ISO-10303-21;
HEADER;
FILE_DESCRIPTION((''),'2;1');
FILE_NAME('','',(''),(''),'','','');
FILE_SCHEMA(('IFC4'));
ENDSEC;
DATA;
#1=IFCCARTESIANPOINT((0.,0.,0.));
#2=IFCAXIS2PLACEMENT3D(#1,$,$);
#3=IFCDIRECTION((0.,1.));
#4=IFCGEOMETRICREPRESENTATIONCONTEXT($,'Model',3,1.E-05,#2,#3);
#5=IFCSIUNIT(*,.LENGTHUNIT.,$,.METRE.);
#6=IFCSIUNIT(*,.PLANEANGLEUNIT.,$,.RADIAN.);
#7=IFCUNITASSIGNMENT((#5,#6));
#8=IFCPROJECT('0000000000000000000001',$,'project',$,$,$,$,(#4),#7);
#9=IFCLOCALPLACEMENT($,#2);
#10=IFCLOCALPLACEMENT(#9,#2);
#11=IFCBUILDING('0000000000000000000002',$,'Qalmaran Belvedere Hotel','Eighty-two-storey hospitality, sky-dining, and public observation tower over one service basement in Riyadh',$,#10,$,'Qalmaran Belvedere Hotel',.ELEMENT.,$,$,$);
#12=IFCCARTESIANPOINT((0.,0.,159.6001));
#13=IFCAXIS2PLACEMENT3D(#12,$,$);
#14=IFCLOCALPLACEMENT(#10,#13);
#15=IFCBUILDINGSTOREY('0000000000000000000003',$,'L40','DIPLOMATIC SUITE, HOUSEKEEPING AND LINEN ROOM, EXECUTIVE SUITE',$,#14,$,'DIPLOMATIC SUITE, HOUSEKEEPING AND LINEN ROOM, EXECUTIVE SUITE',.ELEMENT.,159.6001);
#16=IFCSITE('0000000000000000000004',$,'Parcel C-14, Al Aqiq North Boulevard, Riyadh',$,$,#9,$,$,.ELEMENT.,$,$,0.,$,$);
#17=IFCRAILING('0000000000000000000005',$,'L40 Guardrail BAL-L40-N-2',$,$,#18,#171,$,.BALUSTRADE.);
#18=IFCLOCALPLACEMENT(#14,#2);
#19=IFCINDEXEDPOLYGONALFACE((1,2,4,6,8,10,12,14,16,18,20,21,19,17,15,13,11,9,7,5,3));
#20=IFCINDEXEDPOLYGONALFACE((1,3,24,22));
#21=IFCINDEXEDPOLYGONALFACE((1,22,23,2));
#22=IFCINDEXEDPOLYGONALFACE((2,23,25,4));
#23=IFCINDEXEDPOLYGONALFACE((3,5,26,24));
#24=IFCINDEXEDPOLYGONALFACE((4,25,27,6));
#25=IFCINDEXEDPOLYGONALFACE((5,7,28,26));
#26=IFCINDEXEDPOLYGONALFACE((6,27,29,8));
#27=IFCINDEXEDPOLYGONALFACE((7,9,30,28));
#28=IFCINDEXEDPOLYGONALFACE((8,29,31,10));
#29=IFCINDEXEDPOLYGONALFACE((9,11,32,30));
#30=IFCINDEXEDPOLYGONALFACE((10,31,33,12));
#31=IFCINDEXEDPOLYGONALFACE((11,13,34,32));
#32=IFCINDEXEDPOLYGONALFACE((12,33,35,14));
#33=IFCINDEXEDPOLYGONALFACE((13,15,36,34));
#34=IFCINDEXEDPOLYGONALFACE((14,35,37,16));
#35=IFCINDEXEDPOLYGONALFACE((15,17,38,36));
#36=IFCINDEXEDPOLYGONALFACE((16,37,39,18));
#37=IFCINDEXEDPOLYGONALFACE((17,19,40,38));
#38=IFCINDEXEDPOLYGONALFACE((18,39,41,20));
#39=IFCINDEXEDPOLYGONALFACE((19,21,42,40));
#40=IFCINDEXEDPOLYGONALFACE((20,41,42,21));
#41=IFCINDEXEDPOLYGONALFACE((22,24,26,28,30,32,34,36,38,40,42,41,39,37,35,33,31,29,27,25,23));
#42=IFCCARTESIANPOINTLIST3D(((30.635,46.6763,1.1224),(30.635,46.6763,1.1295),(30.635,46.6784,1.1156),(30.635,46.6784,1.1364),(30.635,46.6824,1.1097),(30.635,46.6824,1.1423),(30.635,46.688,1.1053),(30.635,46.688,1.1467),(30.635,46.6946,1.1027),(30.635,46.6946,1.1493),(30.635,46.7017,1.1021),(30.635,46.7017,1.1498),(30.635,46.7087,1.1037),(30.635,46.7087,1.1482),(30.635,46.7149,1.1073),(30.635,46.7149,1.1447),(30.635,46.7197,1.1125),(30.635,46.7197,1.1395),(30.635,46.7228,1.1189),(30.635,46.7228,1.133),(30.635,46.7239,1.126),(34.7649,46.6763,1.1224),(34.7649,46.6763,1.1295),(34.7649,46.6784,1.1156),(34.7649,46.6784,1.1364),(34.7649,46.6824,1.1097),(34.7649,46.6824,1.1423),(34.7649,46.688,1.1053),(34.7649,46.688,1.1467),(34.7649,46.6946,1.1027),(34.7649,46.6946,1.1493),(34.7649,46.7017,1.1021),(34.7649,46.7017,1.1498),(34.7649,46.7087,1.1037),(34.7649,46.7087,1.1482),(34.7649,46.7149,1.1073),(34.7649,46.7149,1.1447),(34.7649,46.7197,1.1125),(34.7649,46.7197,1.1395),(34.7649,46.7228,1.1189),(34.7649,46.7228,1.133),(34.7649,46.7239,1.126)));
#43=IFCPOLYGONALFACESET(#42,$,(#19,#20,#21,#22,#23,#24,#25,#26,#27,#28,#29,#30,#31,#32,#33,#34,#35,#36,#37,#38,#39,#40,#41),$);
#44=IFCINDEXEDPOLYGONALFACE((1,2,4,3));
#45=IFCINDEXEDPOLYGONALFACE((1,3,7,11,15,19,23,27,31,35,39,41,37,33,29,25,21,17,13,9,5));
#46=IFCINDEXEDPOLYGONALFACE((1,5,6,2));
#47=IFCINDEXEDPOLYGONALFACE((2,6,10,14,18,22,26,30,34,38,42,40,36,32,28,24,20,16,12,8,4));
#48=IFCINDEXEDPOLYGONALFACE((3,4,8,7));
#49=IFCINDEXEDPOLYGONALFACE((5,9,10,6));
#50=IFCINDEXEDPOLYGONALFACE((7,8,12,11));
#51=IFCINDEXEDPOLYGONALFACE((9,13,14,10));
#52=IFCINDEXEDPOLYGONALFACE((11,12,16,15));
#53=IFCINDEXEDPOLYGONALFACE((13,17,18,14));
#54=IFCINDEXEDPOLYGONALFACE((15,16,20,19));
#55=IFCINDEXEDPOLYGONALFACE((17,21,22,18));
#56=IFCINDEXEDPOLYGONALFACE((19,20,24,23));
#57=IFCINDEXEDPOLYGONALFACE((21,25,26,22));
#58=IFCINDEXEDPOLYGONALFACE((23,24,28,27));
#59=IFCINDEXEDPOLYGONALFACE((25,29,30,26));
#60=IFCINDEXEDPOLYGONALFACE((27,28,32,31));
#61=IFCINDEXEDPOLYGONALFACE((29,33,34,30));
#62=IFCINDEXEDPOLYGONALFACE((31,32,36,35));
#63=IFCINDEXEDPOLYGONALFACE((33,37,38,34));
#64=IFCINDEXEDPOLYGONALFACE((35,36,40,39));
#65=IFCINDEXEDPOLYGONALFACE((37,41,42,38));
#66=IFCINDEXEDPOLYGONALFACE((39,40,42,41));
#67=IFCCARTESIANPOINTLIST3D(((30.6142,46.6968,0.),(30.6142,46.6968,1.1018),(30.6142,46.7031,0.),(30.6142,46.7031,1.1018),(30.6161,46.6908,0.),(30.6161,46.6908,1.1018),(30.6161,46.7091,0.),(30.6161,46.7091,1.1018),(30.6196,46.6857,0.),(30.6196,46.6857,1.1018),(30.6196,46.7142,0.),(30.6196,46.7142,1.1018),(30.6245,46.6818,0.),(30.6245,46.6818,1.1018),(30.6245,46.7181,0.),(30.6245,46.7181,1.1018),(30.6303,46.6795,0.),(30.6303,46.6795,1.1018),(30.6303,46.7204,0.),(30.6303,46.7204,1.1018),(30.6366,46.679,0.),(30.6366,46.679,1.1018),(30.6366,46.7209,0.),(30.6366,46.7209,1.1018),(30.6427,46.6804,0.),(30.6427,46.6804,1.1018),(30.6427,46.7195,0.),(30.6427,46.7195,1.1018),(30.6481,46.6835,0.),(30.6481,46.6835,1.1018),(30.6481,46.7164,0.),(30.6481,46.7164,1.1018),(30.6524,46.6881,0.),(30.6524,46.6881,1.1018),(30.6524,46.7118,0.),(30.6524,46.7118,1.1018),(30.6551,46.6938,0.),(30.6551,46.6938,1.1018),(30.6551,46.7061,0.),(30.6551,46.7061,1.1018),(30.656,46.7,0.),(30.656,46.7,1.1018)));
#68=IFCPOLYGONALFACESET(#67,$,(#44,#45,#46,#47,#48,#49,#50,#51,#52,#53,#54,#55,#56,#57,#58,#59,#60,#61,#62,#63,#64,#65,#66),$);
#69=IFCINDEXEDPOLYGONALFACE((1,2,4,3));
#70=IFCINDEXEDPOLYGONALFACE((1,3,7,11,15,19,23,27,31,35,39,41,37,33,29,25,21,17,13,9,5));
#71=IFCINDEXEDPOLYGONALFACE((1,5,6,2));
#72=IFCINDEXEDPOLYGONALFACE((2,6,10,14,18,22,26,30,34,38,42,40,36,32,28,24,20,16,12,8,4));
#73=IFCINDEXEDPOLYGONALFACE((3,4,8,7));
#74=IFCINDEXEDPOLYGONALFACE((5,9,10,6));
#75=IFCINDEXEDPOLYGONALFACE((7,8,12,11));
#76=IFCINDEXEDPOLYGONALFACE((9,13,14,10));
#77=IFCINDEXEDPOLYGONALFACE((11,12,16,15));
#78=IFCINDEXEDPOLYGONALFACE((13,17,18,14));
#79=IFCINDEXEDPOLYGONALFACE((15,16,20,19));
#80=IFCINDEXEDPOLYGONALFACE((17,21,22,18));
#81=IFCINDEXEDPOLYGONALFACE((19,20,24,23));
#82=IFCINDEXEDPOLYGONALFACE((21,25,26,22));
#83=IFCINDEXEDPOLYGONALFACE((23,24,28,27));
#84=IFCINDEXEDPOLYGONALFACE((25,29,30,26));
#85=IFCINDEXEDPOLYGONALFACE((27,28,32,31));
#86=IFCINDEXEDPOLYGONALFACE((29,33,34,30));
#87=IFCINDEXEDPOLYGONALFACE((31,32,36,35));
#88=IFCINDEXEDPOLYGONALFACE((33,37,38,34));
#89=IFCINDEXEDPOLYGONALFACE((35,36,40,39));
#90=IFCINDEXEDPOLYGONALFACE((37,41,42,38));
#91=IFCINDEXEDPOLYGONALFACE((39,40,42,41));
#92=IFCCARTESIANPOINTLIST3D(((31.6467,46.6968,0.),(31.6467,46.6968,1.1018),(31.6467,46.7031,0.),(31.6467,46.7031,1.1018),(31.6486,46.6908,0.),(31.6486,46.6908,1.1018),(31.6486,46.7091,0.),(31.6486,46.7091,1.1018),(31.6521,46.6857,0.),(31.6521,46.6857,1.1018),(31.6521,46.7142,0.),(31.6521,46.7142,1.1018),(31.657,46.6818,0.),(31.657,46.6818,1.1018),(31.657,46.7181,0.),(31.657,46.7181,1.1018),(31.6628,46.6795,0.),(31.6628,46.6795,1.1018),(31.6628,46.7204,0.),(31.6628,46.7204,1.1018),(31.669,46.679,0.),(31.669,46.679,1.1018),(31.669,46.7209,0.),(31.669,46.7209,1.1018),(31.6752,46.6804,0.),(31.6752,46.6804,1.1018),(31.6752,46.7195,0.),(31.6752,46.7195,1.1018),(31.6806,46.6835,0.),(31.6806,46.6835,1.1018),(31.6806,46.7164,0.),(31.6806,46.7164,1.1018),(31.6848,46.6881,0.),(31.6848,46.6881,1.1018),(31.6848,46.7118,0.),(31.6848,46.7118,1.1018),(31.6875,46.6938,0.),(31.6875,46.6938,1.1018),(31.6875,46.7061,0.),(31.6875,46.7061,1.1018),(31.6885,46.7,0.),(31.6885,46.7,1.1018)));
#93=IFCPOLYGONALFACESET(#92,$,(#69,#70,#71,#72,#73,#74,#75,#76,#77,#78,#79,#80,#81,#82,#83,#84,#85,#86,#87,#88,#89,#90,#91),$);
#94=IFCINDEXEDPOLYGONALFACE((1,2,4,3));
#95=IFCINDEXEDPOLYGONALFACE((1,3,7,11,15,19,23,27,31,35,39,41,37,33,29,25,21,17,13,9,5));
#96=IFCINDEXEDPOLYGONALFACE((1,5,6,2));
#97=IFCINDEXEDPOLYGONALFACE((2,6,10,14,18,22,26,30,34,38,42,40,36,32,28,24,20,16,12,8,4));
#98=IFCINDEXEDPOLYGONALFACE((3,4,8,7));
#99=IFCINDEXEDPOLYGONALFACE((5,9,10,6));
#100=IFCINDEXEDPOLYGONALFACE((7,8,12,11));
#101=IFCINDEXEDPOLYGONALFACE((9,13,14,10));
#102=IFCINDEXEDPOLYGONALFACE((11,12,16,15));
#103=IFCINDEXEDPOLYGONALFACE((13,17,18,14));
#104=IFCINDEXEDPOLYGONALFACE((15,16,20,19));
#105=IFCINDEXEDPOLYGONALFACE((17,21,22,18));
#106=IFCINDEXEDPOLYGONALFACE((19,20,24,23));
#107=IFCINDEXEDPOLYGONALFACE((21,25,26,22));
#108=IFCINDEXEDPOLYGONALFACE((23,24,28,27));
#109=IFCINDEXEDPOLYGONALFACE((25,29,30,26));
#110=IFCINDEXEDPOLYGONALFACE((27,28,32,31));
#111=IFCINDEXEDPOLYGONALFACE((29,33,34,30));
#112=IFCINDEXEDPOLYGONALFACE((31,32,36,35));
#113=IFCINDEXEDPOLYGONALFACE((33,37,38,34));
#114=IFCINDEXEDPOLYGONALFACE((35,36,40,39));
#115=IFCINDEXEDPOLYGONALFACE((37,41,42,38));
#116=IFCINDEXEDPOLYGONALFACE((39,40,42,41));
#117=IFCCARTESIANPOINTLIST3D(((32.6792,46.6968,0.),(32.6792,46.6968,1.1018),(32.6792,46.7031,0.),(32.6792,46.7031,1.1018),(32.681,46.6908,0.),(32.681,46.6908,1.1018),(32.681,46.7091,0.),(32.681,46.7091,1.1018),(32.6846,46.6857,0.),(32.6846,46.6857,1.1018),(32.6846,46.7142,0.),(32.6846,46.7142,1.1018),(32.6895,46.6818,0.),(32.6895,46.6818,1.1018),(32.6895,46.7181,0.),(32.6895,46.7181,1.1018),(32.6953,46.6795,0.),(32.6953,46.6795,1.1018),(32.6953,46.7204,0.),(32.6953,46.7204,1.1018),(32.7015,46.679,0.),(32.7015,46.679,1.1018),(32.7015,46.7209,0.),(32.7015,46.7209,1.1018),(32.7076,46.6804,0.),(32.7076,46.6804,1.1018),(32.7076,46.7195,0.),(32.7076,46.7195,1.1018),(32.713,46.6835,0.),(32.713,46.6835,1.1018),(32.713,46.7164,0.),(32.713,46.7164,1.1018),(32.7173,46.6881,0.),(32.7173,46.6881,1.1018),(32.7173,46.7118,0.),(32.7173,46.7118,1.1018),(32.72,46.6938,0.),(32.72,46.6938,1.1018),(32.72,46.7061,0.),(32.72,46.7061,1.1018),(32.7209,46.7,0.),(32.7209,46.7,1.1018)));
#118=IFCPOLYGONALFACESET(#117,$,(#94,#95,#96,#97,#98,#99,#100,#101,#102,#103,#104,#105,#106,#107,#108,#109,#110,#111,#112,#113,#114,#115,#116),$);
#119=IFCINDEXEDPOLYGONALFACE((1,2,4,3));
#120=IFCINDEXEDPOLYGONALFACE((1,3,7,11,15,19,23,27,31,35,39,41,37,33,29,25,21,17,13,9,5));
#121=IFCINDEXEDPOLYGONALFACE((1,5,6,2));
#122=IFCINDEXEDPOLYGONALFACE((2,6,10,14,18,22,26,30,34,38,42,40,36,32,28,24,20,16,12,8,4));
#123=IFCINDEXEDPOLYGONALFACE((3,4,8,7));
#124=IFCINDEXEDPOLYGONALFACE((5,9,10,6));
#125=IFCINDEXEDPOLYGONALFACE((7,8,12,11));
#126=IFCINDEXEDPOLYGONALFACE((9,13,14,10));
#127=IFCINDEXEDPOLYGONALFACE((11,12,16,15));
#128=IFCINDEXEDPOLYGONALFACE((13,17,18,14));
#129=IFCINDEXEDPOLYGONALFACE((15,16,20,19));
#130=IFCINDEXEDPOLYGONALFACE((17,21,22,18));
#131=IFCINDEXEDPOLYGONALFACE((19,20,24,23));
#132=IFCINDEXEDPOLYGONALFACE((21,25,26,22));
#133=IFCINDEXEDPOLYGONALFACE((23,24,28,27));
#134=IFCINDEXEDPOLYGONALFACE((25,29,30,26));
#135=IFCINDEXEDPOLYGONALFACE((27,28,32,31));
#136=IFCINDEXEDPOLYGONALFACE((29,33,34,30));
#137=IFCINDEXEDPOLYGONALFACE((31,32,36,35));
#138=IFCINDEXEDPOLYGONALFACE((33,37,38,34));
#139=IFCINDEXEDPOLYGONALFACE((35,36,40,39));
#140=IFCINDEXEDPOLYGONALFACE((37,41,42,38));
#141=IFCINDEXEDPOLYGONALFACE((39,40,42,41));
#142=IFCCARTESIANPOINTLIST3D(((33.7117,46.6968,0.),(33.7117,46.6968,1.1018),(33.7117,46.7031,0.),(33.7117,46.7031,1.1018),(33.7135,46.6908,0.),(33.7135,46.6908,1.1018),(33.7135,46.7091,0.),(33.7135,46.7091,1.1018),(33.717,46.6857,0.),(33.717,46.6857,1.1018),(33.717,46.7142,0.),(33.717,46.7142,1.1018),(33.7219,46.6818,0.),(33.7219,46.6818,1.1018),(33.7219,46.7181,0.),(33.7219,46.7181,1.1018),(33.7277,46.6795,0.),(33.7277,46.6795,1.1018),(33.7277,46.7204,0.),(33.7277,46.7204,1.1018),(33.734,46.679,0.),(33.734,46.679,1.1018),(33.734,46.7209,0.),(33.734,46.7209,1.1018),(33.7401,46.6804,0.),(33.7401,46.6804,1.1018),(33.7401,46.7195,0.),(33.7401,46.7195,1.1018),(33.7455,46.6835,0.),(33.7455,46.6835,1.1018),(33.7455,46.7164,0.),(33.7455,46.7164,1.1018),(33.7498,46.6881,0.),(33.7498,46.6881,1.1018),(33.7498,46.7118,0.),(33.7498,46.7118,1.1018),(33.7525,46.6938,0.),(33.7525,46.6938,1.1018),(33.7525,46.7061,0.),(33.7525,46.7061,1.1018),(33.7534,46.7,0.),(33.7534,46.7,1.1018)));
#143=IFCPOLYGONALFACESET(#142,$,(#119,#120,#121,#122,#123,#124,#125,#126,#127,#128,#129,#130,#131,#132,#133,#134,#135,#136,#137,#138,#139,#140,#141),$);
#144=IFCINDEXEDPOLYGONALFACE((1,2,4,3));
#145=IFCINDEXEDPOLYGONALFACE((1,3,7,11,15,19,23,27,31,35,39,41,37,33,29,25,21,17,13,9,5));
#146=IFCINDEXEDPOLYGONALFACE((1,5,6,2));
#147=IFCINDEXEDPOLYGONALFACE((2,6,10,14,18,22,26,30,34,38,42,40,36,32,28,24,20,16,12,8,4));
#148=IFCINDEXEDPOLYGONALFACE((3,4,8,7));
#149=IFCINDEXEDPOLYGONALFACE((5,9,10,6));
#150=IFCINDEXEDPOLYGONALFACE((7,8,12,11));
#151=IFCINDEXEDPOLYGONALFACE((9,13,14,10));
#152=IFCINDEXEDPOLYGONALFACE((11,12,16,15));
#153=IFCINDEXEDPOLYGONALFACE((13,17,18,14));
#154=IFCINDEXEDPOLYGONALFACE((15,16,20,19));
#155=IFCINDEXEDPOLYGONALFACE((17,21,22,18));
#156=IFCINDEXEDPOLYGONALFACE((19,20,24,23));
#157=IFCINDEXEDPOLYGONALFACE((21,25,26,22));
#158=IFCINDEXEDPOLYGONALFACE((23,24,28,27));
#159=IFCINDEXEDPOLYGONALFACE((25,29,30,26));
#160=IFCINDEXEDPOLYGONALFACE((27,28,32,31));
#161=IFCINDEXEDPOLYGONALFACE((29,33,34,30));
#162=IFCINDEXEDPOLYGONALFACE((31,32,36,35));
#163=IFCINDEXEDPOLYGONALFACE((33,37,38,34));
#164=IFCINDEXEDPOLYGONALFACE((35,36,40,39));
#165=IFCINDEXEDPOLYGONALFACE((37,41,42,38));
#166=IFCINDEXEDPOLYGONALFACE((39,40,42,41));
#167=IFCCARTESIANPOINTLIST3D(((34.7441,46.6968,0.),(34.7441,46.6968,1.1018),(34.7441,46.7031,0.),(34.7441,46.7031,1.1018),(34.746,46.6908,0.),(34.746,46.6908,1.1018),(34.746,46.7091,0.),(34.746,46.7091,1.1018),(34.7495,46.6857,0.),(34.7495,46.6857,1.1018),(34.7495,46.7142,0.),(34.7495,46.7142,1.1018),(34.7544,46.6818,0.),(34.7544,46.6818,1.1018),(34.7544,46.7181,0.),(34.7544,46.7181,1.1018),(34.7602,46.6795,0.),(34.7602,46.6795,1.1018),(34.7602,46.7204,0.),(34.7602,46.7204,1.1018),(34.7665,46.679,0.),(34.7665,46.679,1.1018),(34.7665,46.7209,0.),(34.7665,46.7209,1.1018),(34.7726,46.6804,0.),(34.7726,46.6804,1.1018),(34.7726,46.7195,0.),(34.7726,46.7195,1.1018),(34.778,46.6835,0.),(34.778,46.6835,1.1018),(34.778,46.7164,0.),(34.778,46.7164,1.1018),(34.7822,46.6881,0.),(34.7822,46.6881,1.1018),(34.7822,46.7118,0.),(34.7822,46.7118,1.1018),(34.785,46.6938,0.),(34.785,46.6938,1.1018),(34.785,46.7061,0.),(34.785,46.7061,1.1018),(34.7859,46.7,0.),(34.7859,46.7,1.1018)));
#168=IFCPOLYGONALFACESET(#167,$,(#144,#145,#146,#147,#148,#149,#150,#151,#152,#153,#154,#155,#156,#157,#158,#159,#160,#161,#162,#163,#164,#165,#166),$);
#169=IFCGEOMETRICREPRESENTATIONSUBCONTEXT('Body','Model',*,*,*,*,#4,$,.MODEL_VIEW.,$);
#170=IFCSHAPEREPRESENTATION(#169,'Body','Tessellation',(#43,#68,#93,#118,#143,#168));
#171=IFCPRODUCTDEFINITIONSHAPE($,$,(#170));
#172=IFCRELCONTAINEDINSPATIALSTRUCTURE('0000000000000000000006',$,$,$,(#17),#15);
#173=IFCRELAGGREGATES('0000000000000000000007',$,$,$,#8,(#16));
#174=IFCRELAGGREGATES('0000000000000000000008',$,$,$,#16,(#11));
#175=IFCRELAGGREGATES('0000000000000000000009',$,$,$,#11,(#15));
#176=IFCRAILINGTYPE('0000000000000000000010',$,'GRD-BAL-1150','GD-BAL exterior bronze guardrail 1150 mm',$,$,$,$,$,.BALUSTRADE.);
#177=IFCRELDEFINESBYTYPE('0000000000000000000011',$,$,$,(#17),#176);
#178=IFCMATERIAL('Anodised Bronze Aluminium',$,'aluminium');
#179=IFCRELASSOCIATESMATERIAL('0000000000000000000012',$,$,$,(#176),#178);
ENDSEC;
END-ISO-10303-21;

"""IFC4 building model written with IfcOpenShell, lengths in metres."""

from ifc_helpers import new_model, si_unit, direction, frame, origin, origin_2d, place, context, subcontext, project, spatial, circle, extrude, material, type_object, element, save


model = new_model("IFC4")

# Units and contexts
model_context = context("Model", 3, precision=1e-05, world=origin(), true_north=direction((0.0, 1.0)))
body_context = subcontext(model_context, "Body", "Model", "MODEL_VIEW")
ifc_project = project(units=[si_unit("LENGTHUNIT", "METRE"), si_unit("PLANEANGLEUNIT", "RADIAN")], contexts=[model_context])

# Site, building, storey
site_placement = place(None, origin())
site = spatial("IfcSite", under=ifc_project, at=site_placement, Name="Parcel C-14, Al Aqiq North Boulevard, Riyadh", CompositionType="ELEMENT", RefElevation=0.0)
building_placement = place(site_placement, origin())
building = spatial("IfcBuilding", under=site, at=building_placement, Name="Qalmaran Belvedere Hotel", Description="Eighty-two-storey hospitality, sky-dining, and public observation tower over one service basement in Riyadh", LongName="Qalmaran Belvedere Hotel", CompositionType="ELEMENT")
storey_placement = place(building_placement, frame((0.0, 0.0, 159.6001)))
storey = spatial("IfcBuildingStorey", under=building, at=storey_placement, Name="L40", Description="DIPLOMATIC SUITE, HOUSEKEEPING AND LINEN ROOM, EXECUTIVE SUITE", LongName="DIPLOMATIC SUITE, HOUSEKEEPING AND LINEN ROOM, EXECUTIVE SUITE", CompositionType="ELEMENT", Elevation=159.6001)

# Shared definitions
ifc_material_1 = material(Name="Anodised Bronze Aluminium", Category="aluminium")

# Railing
railing_type = type_object("IfcRailingType", Name="GRD-BAL-1150", Description="GD-BAL exterior bronze guardrail 1150 mm", PredefinedType="BALUSTRADE", material=ifc_material_1)
railing_1_placement = place(storey_placement, frame((30.635, 46.7, 0.0)))
element("IfcRailing", 1, at=railing_1_placement, inside=storey, type_object=railing_type, Name="L40 Guardrail BAL-L40-N-2", PredefinedType="BALUSTRADE", context=body_context, shape_type="SweptSolid", body=[
    extrude(circle(Radius=0.0239, at=origin_2d()), frame((0.0, 0.0, 1.126), z_axis=(1.0, 0.0, 0.0), x_axis=(0.0, 1.0, 0.0)), (0.0, 0.0, 1.0), 4.1299),
    extrude(circle(Radius=0.021, at=origin_2d()), origin(), (0.0, 0.0, 1.0), 1.1018),
    extrude(circle(Radius=0.021, at=origin_2d()), frame((1.0325, 0.0, 0.0)), (0.0, 0.0, 1.0), 1.1018),
    extrude(circle(Radius=0.021, at=origin_2d()), frame((2.0649, 0.0, 0.0)), (0.0, 0.0, 1.0), 1.1018),
    extrude(circle(Radius=0.021, at=origin_2d()), frame((3.0974, 0.0, 0.0)), (0.0, 0.0, 1.0), 1.1018),
    extrude(circle(Radius=0.021, at=origin_2d()), frame((4.1299, 0.0, 0.0)), (0.0, 0.0, 1.0), 1.1018),
])

save(model, "model.ifc")
